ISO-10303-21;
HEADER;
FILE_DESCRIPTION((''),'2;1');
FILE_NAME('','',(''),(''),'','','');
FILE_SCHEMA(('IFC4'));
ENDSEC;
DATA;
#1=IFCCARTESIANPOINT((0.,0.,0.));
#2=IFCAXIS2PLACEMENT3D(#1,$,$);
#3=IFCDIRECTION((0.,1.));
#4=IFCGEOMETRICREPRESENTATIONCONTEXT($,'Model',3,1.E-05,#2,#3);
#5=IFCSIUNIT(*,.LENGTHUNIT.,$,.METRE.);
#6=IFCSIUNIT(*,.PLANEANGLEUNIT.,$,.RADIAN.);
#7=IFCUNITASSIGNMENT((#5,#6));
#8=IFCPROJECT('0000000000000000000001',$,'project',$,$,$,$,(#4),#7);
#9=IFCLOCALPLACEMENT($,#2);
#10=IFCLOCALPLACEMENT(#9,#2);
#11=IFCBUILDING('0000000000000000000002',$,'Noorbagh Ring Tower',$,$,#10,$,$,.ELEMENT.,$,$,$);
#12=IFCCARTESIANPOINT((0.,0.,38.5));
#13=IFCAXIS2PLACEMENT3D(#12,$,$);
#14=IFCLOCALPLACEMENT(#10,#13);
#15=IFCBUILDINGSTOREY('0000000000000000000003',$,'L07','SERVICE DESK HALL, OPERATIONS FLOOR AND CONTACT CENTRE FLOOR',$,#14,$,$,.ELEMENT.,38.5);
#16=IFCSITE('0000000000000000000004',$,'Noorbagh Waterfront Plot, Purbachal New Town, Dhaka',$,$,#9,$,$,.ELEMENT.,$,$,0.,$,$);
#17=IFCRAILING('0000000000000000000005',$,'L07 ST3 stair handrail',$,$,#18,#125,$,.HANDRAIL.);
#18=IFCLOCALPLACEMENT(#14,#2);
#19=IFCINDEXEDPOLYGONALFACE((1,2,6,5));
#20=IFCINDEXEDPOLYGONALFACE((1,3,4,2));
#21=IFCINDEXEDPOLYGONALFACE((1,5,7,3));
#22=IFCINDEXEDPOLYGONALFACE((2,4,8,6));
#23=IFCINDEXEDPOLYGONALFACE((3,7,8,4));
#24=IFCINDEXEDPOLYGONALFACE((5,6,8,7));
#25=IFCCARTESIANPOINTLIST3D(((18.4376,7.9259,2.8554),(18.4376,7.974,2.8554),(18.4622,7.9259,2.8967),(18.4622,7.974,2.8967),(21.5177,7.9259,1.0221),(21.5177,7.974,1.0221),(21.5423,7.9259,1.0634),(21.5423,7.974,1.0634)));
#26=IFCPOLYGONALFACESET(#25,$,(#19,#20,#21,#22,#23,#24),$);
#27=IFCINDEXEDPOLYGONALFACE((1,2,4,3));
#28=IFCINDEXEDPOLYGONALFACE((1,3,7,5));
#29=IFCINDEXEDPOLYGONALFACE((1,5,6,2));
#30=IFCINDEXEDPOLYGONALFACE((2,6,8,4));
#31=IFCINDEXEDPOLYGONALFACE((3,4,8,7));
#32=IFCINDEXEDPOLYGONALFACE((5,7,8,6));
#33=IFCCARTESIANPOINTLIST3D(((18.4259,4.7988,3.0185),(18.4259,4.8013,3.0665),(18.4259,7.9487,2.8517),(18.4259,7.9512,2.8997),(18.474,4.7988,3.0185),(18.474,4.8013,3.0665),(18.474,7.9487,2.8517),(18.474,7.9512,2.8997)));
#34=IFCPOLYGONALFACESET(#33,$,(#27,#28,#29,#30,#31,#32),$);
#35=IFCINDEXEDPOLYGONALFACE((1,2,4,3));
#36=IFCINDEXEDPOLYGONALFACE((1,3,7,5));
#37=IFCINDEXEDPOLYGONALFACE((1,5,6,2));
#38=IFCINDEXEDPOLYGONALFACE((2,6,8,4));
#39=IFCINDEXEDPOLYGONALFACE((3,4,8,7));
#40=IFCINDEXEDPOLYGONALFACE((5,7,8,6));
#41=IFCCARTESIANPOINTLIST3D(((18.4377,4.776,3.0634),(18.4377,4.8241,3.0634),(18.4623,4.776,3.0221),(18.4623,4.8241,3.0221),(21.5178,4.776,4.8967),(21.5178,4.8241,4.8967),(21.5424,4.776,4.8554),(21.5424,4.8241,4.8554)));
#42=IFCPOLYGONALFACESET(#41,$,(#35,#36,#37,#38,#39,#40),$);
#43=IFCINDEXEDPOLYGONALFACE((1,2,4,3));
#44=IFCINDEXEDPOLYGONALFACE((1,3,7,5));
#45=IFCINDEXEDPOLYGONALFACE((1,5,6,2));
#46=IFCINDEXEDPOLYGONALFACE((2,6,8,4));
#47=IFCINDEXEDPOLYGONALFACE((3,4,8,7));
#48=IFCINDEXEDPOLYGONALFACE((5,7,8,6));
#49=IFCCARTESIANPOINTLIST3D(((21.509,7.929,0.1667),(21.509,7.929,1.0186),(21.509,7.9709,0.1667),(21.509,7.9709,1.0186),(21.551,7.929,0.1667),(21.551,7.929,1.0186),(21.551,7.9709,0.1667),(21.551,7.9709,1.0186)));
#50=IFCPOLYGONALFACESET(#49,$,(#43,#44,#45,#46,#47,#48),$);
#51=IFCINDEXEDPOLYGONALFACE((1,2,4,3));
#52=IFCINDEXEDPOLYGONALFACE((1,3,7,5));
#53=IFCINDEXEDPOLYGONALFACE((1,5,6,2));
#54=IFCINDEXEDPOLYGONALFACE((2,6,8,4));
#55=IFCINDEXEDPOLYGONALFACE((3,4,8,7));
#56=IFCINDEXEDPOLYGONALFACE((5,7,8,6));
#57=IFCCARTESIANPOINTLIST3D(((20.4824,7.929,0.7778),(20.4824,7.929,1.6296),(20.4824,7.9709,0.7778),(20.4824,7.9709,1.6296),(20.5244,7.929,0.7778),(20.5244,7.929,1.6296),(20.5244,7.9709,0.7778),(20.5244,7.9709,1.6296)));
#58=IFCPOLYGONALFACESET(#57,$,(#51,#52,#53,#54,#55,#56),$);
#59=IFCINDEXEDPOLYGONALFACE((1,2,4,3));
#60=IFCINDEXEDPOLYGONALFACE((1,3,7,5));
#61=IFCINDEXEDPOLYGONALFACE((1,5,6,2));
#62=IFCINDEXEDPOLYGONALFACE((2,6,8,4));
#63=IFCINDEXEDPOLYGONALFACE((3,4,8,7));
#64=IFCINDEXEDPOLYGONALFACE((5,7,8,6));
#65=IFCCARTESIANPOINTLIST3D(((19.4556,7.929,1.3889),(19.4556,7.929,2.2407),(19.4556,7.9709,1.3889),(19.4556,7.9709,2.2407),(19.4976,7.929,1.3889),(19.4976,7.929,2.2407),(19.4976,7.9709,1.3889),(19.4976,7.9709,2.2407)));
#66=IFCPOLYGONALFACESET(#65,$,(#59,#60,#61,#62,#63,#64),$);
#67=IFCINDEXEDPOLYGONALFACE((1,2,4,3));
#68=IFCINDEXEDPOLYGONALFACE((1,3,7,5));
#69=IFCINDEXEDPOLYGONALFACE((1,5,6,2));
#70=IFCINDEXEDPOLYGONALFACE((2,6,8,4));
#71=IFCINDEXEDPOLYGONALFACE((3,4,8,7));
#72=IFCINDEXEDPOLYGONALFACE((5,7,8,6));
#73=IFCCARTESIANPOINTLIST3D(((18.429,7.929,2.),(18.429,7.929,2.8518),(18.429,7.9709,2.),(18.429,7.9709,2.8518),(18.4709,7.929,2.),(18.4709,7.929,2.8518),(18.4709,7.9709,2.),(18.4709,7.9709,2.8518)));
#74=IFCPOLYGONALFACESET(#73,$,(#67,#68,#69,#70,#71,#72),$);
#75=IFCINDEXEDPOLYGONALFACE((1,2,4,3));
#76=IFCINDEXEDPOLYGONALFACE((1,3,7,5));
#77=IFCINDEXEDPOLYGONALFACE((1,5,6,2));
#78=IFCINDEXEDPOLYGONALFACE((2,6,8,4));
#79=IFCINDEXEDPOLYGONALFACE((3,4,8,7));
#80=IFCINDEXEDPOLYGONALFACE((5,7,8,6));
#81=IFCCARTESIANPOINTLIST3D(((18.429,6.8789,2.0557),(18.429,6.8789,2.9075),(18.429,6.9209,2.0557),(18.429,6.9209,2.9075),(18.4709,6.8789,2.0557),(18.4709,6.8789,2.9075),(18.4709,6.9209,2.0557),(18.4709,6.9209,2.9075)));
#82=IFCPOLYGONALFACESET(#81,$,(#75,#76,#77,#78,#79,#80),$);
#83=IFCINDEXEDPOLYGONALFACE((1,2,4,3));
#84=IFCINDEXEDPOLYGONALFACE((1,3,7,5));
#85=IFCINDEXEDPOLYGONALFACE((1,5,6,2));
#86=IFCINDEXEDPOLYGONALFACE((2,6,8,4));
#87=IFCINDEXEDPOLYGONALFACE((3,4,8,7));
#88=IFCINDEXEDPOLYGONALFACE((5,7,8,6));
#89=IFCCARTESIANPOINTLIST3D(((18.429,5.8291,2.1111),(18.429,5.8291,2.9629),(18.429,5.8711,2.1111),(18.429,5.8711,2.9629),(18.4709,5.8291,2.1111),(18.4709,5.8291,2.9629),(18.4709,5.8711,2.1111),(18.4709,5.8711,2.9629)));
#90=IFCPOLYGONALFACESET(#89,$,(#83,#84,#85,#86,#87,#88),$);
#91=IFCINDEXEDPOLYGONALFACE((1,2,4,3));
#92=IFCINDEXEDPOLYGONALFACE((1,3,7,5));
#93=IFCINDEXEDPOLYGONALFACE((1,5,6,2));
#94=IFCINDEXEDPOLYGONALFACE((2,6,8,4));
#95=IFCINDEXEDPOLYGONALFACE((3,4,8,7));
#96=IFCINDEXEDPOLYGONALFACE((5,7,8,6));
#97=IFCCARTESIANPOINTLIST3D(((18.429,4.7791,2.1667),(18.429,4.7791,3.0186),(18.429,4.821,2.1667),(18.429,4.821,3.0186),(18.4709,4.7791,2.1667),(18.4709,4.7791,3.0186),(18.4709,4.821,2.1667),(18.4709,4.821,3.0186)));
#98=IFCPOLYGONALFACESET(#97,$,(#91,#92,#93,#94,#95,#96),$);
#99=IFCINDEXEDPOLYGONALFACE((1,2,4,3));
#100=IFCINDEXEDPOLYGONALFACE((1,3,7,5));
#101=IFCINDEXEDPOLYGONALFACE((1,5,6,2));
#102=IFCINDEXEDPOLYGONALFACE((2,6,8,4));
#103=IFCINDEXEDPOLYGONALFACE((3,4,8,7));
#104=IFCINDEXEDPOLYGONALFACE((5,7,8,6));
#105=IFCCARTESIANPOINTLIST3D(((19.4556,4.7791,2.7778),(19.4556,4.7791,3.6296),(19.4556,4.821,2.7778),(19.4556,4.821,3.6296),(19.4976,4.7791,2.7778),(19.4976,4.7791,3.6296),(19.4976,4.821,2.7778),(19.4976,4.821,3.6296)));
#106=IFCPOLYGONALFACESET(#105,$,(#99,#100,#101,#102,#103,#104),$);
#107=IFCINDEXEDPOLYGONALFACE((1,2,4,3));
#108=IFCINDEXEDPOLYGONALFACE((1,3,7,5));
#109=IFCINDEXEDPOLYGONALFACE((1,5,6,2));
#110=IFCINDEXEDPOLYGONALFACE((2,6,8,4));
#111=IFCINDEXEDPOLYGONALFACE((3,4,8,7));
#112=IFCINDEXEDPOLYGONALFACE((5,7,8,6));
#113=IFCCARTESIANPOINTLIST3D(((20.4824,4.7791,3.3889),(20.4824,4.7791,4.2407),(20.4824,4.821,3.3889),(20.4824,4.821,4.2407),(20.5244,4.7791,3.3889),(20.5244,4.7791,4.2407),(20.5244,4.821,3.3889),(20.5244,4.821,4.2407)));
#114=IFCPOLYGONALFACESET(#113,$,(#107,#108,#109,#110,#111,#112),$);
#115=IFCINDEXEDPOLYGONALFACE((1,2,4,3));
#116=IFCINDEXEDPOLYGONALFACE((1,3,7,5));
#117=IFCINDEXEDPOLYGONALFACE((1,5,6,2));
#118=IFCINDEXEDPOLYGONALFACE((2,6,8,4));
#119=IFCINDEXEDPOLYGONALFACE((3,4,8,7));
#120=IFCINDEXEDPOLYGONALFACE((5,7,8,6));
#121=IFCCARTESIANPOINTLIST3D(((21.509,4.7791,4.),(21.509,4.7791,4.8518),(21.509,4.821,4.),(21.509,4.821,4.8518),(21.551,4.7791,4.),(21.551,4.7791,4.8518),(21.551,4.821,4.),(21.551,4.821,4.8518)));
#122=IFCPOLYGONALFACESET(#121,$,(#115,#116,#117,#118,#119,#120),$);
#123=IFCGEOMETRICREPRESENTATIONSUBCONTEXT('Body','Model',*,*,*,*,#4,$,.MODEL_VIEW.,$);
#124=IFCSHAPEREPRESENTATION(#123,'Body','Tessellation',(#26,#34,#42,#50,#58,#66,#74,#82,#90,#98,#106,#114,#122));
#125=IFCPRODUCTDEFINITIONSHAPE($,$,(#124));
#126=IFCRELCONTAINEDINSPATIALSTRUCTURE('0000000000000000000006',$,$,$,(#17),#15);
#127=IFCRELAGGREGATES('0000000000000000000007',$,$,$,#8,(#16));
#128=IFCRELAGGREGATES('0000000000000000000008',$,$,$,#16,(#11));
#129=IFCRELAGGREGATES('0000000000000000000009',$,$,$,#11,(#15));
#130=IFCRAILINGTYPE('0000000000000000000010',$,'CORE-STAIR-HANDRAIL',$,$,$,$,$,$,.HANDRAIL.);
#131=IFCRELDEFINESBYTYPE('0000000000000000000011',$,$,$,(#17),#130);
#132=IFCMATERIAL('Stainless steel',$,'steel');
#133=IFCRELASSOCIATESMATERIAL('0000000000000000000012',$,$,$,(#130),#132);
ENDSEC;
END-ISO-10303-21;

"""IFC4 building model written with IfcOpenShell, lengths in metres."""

from ifc_helpers import new_model, si_unit, direction, frame, origin, origin_2d, place, context, subcontext, project, spatial, rectangle, extrude, material, type_object, element, save


model = new_model("IFC4")

# Units and contexts
model_context = context("Model", 3, precision=1e-05, world=origin(), true_north=direction((0.0, 1.0)))
body_context = subcontext(model_context, "Body", "Model", "MODEL_VIEW")
ifc_project = project(units=[si_unit("LENGTHUNIT", "METRE"), si_unit("PLANEANGLEUNIT", "RADIAN")], contexts=[model_context])

# Site, building, storey
site_placement = place(None, origin())
site = spatial("IfcSite", under=ifc_project, at=site_placement, Name="Noorbagh Waterfront Plot, Purbachal New Town, Dhaka", CompositionType="ELEMENT", RefElevation=0.0)
building_placement = place(site_placement, origin())
building = spatial("IfcBuilding", under=site, at=building_placement, Name="Noorbagh Ring Tower", CompositionType="ELEMENT")
storey_placement = place(building_placement, frame((0.0, 0.0, 38.5)))
storey = spatial("IfcBuildingStorey", under=building, at=storey_placement, Name="L07", Description="SERVICE DESK HALL, OPERATIONS FLOOR AND CONTACT CENTRE FLOOR", CompositionType="ELEMENT", Elevation=38.5)

# Railing
ifc_material_1 = material(Name="Stainless steel", Category="steel")
railing_type_1 = type_object("IfcRailingType", Name="CORE-STAIR-HANDRAIL", PredefinedType="HANDRAIL", material=ifc_material_1)
railing_1_placement = place(storey_placement, frame((21.53, 7.95, 0.1667)))
element("IfcRailing", 1, at=railing_1_placement, inside=storey, type_object=railing_type_1, Name="L07 ST3 stair handrail", PredefinedType="HANDRAIL", context=body_context, shape_type="SweptSolid", body=[
    extrude(rectangle(XDim=0.0481, YDim=0.0481, at=origin_2d()), frame((0.0, 0.0, 0.876), z_axis=(-0.859309, 0.0, 0.511458), x_axis=(0.0, -1.0, 0.0)), (0.0, 0.0, 1.0), 3.5845),
    extrude(rectangle(XDim=0.0481, YDim=0.0481, at=origin_2d()), frame((-3.0801, 0.0, 2.709), z_axis=(0.0, -0.998602, 0.052864), x_axis=(1.0, 0.0, 0.0)), (0.0, 0.0, 1.0), 3.1543),
    extrude(rectangle(XDim=0.0481, YDim=0.0481, at=origin_2d()), frame((-3.0801, -3.1499, 2.876), z_axis=(0.859309, 0.0, 0.511458), x_axis=(0.0, 1.0, 0.0)), (0.0, 0.0, 1.0), 3.5845),
    extrude(rectangle(XDim=0.042, YDim=0.042, at=origin_2d()), origin(), (0.0, 0.0, 1.0), 0.8518),
    extrude(rectangle(XDim=0.042, YDim=0.042, at=origin_2d()), frame((-1.0266, 0.0, 0.6111)), (0.0, 0.0, 1.0), 0.8518),
    extrude(rectangle(XDim=0.042, YDim=0.042, at=origin_2d()), frame((-2.0535, 0.0, 1.2222)), (0.0, 0.0, 1.0), 0.8518),
    extrude(rectangle(XDim=0.042, YDim=0.042, at=origin_2d()), frame((-3.0801, 0.0, 1.8333)), (0.0, 0.0, 1.0), 0.8518),
    extrude(rectangle(XDim=0.042, YDim=0.042, at=origin_2d()), frame((-3.0801, -1.05, 1.8889)), (0.0, 0.0, 1.0), 0.8518),
    extrude(rectangle(XDim=0.042, YDim=0.042, at=origin_2d()), frame((-3.0801, -2.0999, 1.9443)), (0.0, 0.0, 1.0), 0.8518),
    extrude(rectangle(XDim=0.042, YDim=0.042, at=origin_2d()), frame((-3.0801, -3.1499, 2.0)), (0.0, 0.0, 1.0), 0.8518),
    extrude(rectangle(XDim=0.042, YDim=0.042, at=origin_2d()), frame((-2.0535, -3.1499, 2.6111)), (0.0, 0.0, 1.0), 0.8518),
    extrude(rectangle(XDim=0.042, YDim=0.042, at=origin_2d()), frame((-1.0266, -3.1499, 3.2222)), (0.0, 0.0, 1.0), 0.8518),
    extrude(rectangle(XDim=0.042, YDim=0.042, at=origin_2d()), frame((0.0, -3.1499, 3.8333)), (0.0, 0.0, 1.0), 0.8518),
])

save(model, "model.ifc")
